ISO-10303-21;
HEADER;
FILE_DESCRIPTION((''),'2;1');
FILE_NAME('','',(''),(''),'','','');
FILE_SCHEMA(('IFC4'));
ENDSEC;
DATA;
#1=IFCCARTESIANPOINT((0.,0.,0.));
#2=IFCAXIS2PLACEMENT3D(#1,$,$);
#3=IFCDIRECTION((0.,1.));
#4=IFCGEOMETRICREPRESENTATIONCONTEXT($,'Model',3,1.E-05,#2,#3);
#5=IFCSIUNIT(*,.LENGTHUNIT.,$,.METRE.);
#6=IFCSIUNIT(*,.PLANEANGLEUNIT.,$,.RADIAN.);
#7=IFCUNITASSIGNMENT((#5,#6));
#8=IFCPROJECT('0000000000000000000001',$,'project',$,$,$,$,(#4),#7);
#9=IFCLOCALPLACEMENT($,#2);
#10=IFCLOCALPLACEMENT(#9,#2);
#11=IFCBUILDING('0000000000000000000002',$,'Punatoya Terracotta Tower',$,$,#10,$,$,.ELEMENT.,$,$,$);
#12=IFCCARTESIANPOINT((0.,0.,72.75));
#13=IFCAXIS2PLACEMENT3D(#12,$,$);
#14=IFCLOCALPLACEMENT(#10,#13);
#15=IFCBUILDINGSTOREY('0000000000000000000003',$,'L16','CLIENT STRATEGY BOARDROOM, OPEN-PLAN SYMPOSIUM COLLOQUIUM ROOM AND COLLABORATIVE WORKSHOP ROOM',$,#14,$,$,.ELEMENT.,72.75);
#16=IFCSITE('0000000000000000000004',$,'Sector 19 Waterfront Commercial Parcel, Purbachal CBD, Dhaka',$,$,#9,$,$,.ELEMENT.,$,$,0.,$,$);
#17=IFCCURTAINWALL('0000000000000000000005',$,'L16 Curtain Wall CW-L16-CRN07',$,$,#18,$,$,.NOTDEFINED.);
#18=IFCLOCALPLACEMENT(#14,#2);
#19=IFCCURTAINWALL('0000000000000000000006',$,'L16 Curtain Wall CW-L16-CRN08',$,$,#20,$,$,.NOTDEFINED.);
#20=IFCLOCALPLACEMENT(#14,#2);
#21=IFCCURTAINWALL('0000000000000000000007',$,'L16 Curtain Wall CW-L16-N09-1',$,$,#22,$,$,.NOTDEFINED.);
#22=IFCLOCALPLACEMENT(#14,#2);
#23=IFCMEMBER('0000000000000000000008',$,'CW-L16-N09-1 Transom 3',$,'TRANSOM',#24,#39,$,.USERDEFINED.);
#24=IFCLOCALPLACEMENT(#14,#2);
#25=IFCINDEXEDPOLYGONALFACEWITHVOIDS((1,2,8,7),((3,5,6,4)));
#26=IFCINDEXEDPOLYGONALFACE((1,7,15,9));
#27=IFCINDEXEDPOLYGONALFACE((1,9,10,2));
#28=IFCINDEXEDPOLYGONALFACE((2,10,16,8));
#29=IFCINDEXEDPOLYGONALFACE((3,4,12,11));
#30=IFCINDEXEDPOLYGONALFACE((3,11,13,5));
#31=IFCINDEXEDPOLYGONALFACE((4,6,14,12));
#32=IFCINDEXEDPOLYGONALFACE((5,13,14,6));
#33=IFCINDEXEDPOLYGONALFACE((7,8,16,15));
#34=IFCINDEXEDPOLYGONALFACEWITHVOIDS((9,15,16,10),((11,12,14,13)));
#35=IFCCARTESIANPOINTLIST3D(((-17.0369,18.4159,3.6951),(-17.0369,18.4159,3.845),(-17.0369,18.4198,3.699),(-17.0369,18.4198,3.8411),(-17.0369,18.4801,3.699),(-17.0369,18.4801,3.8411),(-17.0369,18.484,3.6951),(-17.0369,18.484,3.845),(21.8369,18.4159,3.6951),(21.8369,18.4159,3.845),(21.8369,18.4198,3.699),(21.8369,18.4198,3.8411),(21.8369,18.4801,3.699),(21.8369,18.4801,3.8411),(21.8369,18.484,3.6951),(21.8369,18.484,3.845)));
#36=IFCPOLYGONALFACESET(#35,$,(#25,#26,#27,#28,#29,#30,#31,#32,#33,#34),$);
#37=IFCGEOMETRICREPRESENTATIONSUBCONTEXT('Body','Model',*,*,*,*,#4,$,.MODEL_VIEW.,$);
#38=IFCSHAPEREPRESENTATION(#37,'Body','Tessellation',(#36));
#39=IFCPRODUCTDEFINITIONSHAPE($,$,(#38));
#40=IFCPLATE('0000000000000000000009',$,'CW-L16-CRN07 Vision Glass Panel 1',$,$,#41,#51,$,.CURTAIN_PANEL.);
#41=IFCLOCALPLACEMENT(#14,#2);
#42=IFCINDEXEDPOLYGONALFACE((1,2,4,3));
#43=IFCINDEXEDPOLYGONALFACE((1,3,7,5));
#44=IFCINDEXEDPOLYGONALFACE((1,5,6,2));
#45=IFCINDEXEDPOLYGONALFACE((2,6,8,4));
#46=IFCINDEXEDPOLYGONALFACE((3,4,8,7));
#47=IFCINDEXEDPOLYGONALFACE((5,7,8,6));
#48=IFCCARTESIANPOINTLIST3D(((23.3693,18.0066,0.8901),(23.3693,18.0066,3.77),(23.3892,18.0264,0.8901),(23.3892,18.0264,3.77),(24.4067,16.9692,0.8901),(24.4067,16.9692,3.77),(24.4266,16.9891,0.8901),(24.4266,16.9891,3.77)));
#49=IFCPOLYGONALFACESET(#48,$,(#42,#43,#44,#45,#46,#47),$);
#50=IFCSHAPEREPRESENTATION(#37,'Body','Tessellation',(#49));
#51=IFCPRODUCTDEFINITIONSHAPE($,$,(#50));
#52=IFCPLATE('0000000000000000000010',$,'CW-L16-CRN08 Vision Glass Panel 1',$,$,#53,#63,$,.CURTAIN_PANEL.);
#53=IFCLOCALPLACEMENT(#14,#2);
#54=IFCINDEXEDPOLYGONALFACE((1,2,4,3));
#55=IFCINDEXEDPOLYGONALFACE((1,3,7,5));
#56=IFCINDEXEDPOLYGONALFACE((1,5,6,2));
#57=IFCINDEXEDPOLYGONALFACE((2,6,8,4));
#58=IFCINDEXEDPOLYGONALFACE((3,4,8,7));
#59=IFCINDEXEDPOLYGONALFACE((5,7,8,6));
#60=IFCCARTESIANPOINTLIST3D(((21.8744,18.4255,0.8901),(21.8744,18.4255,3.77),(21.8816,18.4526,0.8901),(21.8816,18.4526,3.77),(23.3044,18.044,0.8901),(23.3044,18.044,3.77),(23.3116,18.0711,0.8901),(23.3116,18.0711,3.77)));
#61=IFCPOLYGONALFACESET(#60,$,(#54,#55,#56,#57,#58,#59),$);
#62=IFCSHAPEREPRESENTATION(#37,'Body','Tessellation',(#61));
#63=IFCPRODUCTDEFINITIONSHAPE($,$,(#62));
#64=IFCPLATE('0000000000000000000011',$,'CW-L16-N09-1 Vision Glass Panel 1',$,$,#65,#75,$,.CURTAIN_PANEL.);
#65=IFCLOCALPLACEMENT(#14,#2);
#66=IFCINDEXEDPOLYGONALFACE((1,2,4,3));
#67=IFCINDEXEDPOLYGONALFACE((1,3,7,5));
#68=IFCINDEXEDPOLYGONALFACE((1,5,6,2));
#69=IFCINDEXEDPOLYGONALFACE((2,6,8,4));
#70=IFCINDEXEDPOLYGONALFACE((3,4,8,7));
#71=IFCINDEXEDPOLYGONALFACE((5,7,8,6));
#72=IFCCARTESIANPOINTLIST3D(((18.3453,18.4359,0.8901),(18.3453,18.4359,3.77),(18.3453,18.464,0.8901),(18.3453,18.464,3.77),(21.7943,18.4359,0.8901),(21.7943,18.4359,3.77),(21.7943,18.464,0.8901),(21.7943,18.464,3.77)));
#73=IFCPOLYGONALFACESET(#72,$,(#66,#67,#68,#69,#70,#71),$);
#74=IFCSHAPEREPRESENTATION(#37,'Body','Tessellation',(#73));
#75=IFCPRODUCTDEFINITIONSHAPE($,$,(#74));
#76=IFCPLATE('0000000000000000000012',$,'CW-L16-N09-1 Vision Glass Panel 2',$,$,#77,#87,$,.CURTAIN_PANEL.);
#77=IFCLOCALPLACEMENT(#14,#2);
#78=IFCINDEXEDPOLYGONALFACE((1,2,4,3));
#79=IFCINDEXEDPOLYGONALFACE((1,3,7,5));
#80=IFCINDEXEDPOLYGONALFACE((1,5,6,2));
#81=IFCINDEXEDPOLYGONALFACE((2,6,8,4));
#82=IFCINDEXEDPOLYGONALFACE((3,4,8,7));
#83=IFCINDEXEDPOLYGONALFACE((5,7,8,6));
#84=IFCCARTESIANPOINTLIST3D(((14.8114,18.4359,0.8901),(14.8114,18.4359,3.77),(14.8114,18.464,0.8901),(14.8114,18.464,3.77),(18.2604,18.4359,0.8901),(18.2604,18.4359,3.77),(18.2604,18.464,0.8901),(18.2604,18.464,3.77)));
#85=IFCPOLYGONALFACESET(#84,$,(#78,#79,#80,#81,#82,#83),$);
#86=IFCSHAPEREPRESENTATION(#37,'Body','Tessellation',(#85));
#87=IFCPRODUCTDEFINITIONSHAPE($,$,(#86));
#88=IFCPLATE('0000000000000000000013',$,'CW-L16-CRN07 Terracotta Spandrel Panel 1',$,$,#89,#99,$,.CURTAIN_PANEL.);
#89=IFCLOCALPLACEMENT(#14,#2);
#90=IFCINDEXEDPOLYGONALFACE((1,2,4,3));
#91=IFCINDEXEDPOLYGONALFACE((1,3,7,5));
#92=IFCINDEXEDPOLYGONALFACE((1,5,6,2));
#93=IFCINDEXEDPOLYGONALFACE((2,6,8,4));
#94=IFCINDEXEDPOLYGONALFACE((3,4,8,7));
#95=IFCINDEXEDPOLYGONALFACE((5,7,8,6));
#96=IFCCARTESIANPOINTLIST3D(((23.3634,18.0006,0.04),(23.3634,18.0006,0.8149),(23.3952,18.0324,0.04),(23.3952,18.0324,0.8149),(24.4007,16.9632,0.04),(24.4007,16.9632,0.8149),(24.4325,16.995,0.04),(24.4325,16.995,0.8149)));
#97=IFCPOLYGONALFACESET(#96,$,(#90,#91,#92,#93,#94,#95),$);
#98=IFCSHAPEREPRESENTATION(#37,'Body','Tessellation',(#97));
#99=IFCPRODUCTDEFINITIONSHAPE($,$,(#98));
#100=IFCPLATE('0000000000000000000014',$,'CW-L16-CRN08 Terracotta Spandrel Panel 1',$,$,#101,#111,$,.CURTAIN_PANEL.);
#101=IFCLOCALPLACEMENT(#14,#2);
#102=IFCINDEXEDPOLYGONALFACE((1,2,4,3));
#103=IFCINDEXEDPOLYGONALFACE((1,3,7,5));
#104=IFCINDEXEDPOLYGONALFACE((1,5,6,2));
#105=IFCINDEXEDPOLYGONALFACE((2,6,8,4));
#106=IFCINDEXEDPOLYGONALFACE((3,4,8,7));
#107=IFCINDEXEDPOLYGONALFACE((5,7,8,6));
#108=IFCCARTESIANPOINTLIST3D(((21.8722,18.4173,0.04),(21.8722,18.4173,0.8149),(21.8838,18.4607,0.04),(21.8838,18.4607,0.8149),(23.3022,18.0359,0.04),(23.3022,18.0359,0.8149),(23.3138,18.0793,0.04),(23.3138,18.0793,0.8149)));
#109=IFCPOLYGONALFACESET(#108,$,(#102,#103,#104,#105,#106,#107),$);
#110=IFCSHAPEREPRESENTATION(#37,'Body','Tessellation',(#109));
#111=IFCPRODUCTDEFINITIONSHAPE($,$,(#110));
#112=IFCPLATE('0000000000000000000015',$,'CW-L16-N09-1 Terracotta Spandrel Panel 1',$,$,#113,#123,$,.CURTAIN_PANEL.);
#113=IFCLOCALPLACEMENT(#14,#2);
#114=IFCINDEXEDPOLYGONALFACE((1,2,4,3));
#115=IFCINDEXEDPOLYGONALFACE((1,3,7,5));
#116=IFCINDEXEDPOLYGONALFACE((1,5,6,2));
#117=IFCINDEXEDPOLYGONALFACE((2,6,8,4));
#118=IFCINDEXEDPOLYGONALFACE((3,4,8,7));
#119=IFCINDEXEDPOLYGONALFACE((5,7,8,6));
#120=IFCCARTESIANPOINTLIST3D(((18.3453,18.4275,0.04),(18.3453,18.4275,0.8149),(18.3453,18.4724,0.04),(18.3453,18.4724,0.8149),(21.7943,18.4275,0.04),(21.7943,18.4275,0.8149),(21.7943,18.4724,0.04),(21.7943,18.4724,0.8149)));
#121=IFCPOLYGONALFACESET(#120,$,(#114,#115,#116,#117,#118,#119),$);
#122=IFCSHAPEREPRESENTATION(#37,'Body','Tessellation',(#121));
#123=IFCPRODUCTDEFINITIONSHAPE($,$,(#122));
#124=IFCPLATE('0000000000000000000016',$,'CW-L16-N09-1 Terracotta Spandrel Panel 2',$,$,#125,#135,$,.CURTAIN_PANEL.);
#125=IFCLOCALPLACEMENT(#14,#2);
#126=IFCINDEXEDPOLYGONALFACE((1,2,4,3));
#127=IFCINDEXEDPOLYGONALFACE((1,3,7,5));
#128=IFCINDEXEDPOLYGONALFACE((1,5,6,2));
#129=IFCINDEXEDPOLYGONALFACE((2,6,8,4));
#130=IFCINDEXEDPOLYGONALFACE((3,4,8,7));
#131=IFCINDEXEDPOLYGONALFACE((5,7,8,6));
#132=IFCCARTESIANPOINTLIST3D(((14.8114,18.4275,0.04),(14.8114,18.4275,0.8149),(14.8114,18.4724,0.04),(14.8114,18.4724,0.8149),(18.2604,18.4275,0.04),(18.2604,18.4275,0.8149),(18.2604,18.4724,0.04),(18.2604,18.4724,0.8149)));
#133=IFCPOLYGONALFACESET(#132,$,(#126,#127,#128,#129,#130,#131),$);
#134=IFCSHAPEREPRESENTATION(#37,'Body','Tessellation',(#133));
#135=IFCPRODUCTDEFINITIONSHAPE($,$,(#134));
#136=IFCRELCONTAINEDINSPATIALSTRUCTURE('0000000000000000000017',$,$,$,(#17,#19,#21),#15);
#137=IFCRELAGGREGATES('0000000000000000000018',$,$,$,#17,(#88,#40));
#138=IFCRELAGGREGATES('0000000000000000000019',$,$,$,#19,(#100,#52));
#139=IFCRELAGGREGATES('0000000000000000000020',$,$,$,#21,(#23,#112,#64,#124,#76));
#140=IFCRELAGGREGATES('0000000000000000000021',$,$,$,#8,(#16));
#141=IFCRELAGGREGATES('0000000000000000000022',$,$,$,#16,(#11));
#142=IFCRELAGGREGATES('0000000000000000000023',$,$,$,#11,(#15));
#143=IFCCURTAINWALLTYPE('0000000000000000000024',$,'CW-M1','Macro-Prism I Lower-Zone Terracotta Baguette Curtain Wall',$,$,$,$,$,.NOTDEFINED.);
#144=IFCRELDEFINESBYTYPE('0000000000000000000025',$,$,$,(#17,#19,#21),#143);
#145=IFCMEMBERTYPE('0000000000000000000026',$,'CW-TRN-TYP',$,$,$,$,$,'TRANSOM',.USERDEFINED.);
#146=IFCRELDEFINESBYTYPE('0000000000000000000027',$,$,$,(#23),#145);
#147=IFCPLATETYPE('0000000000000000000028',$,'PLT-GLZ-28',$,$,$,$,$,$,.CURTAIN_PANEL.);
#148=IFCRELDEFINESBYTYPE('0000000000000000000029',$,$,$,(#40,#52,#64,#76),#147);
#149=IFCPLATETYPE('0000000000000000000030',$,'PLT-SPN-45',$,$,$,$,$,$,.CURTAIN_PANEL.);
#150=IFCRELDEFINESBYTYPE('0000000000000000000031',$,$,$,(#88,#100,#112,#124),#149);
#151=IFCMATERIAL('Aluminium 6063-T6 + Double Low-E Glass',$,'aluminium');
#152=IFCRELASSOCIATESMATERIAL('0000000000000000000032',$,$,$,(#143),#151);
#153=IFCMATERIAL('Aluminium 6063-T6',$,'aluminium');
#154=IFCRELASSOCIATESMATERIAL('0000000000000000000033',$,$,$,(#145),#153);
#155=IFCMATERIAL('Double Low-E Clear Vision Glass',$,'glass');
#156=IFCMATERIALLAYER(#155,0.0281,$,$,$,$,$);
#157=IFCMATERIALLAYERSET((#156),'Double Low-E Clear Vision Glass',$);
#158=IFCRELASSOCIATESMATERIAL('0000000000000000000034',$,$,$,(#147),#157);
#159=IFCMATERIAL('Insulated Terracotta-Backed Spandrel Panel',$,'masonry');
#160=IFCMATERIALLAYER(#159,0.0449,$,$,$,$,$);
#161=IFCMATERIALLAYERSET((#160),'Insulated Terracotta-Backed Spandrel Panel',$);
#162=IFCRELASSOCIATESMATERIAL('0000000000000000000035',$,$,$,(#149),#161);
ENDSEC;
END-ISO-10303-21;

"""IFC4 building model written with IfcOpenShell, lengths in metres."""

from ifc_helpers import new_model, si_unit, direction, frame, origin, origin_2d, place, context, subcontext, project, spatial, rectangle, hollow_rectangle, extrude, material, layer, layer_set, material_profile, profile_set, type_object, element, aggregate, save


model = new_model("IFC4")

# Units and contexts
model_context = context("Model", 3, precision=1e-05, world=origin(), true_north=direction((0.0, 1.0)))
body_context = subcontext(model_context, "Body", "Model", "MODEL_VIEW")
ifc_project = project(units=[si_unit("LENGTHUNIT", "METRE"), si_unit("PLANEANGLEUNIT", "RADIAN")], contexts=[model_context])

# Site, building, storey
site_placement = place(None, origin())
site = spatial("IfcSite", under=ifc_project, at=site_placement, Name="Sector 19 Waterfront Commercial Parcel, Purbachal CBD, Dhaka", CompositionType="ELEMENT", RefElevation=0.0)
building_placement = place(site_placement, origin())
building = spatial("IfcBuilding", under=site, at=building_placement, Name="Punatoya Terracotta Tower", CompositionType="ELEMENT")
storey_placement = place(building_placement, frame((0.0, 0.0, 72.75)))
storey = spatial("IfcBuildingStorey", under=building, at=storey_placement, Name="L16", Description="CLIENT STRATEGY BOARDROOM, OPEN-PLAN SYMPOSIUM COLLOQUIUM ROOM AND COLLABORATIVE WORKSHOP ROOM", CompositionType="ELEMENT", Elevation=72.75)

# Curtain walls
ifc_material_1 = material(Name="Aluminium 6063-T6 + Double Low-E Glass", Category="aluminium")
curtain_wall_type = type_object("IfcCurtainWallType", Name="CW-M1", Description="Macro-Prism I Lower-Zone Terracotta Baguette Curtain Wall", PredefinedType="NOTDEFINED", material=ifc_material_1)
curtain_wall_1_placement = place(storey_placement, origin())
curtain_wall_1 = element("IfcCurtainWall", 1, at=curtain_wall_1_placement, inside=storey, type_object=curtain_wall_type, Name="L16 Curtain Wall CW-L16-CRN07", PredefinedType="NOTDEFINED")
ifc_material_2 = material(Name="Aluminium 6063-T6", Category="aluminium")
curtain_wall_2_placement = place(storey_placement, origin())
curtain_wall_2 = element("IfcCurtainWall", 2, at=curtain_wall_2_placement, inside=storey, type_object=curtain_wall_type, Name="L16 Curtain Wall CW-L16-CRN08", PredefinedType="NOTDEFINED")
curtain_wall_3_placement = place(storey_placement, origin())
curtain_wall_3 = element("IfcCurtainWall", 3, at=curtain_wall_3_placement, inside=storey, type_object=curtain_wall_type, Name="L16 Curtain Wall CW-L16-N09-1", PredefinedType="NOTDEFINED")

# Member
ifc_material_profile_1 = material_profile(ifc_material_2, hollow_rectangle(XDim=0.0681, YDim=0.1499, WallThickness=0.0039, at=origin_2d()))
ifc_profile_set_1 = profile_set([ifc_material_profile_1], Name="Aluminium 6063-T6")
member_type_1 = type_object("IfcMemberType", Name="CW-TRN-TYP", ElementType="TRANSOM", PredefinedType="USERDEFINED", material=ifc_profile_set_1)
member_1_placement = place(storey_placement, frame((21.8369, 18.45, 3.77), z_axis=(-1.0, 0.0, 0.0), x_axis=(0.0, -1.0, 0.0)))
member_1 = element("IfcMember", 4, at=member_1_placement, type_object=member_type_1, Name="CW-L16-N09-1 Transom 3", ObjectType="TRANSOM", PredefinedType="USERDEFINED", context=body_context, shape_type="SweptSolid", body=[
    extrude(hollow_rectangle(XDim=0.0681, YDim=0.1499, WallThickness=0.0039, at=origin_2d()), origin(), (0.0, 0.0, 1.0), 38.8738),
])

# Plates
ifc_material_3 = material(Name="Double Low-E Clear Vision Glass", Category="glass")
ifc_layer_1 = layer(ifc_material_3, 0.0281)
ifc_layer_set_1 = layer_set([ifc_layer_1], Name="Double Low-E Clear Vision Glass")
plate_type_1 = type_object("IfcPlateType", Name="PLT-GLZ-28", PredefinedType="CURTAIN_PANEL", material=ifc_layer_set_1)
plate_1_placement = place(storey_placement, frame((23.8979, 17.4978, 0.8901), z_axis=(0.0, 0.0, 1.0), x_axis=(-0.707107, 0.707107, 0.0)))
plate_1 = element("IfcPlate", 5, at=plate_1_placement, type_object=plate_type_1, Name="CW-L16-CRN07 Vision Glass Panel 1", PredefinedType="CURTAIN_PANEL", context=body_context, shape_type="SweptSolid", body=[
    extrude(rectangle(XDim=1.467, YDim=0.0281, at=origin_2d()), origin(), (0.0, 0.0, 1.0), 2.8799),
])
plate_2_placement = place(storey_placement, frame((22.593, 18.2483, 0.8901), z_axis=(0.0, 0.0, 1.0), x_axis=(-0.966214, 0.257742, 0.0)))
plate_2 = element("IfcPlate", 6, at=plate_2_placement, type_object=plate_type_1, Name="CW-L16-CRN08 Vision Glass Panel 1", PredefinedType="CURTAIN_PANEL", context=body_context, shape_type="SweptSolid", body=[
    extrude(rectangle(XDim=1.48, YDim=0.0281, at=origin_2d()), origin(), (0.0, 0.0, 1.0), 2.8799),
])
plate_3_placement = place(storey_placement, frame((20.0698, 18.45, 0.8901), z_axis=(0.0, 0.0, 1.0), x_axis=(-1.0, 0.0, 0.0)))
plate_3 = element("IfcPlate", 7, at=plate_3_placement, type_object=plate_type_1, Name="CW-L16-N09-1 Vision Glass Panel 1", PredefinedType="CURTAIN_PANEL", context=body_context, shape_type="SweptSolid", body=[
    extrude(rectangle(XDim=3.449, YDim=0.0281, at=origin_2d()), origin(), (0.0, 0.0, 1.0), 2.8799),
])
plate_4_placement = place(storey_placement, frame((16.5359, 18.45, 0.8901), z_axis=(0.0, 0.0, 1.0), x_axis=(-1.0, 0.0, 0.0)))
plate_4 = element("IfcPlate", 8, at=plate_4_placement, type_object=plate_type_1, Name="CW-L16-N09-1 Vision Glass Panel 2", PredefinedType="CURTAIN_PANEL", context=body_context, shape_type="SweptSolid", body=[
    extrude(rectangle(XDim=3.449, YDim=0.0281, at=origin_2d()), origin(), (0.0, 0.0, 1.0), 2.8799),
])
ifc_material_4 = material(Name="Insulated Terracotta-Backed Spandrel Panel", Category="masonry")
ifc_layer_2 = layer(ifc_material_4, 0.0449)
ifc_layer_set_2 = layer_set([ifc_layer_2], Name="Insulated Terracotta-Backed Spandrel Panel")
plate_type_2 = type_object("IfcPlateType", Name="PLT-SPN-45", PredefinedType="CURTAIN_PANEL", material=ifc_layer_set_2)
plate_5_placement = place(storey_placement, frame((23.8979, 17.4978, 0.04), z_axis=(0.0, 0.0, 1.0), x_axis=(-0.707107, 0.707107, 0.0)))
plate_5 = element("IfcPlate", 9, at=plate_5_placement, type_object=plate_type_2, Name="CW-L16-CRN07 Terracotta Spandrel Panel 1", PredefinedType="CURTAIN_PANEL", context=body_context, shape_type="SweptSolid", body=[
    extrude(rectangle(XDim=1.467, YDim=0.0449, at=origin_2d()), origin(), (0.0, 0.0, 1.0), 0.7749),
])
aggregate(curtain_wall_1, [plate_5, plate_1])
plate_6_placement = place(storey_placement, frame((22.593, 18.2483, 0.04), z_axis=(0.0, 0.0, 1.0), x_axis=(-0.966214, 0.257742, 0.0)))
plate_6 = element("IfcPlate", 10, at=plate_6_placement, type_object=plate_type_2, Name="CW-L16-CRN08 Terracotta Spandrel Panel 1", PredefinedType="CURTAIN_PANEL", context=body_context, shape_type="SweptSolid", body=[
    extrude(rectangle(XDim=1.48, YDim=0.0449, at=origin_2d()), origin(), (0.0, 0.0, 1.0), 0.7749),
])
aggregate(curtain_wall_2, [plate_6, plate_2])
plate_7_placement = place(storey_placement, frame((20.0698, 18.45, 0.04), z_axis=(0.0, 0.0, 1.0), x_axis=(-1.0, 0.0, 0.0)))
plate_7 = element("IfcPlate", 11, at=plate_7_placement, type_object=plate_type_2, Name="CW-L16-N09-1 Terracotta Spandrel Panel 1", PredefinedType="CURTAIN_PANEL", context=body_context, shape_type="SweptSolid", body=[
    extrude(rectangle(XDim=3.449, YDim=0.0449, at=origin_2d()), origin(), (0.0, 0.0, 1.0), 0.7749),
])
plate_8_placement = place(storey_placement, frame((16.5359, 18.45, 0.04), z_axis=(0.0, 0.0, 1.0), x_axis=(-1.0, 0.0, 0.0)))
plate_8 = element("IfcPlate", 12, at=plate_8_placement, type_object=plate_type_2, Name="CW-L16-N09-1 Terracotta Spandrel Panel 2", PredefinedType="CURTAIN_PANEL", context=body_context, shape_type="SweptSolid", body=[
    extrude(rectangle(XDim=3.449, YDim=0.0449, at=origin_2d()), origin(), (0.0, 0.0, 1.0), 0.7749),
])
aggregate(curtain_wall_3, [member_1, plate_7, plate_3, plate_8, plate_4])

save(model, "model.ifc")
